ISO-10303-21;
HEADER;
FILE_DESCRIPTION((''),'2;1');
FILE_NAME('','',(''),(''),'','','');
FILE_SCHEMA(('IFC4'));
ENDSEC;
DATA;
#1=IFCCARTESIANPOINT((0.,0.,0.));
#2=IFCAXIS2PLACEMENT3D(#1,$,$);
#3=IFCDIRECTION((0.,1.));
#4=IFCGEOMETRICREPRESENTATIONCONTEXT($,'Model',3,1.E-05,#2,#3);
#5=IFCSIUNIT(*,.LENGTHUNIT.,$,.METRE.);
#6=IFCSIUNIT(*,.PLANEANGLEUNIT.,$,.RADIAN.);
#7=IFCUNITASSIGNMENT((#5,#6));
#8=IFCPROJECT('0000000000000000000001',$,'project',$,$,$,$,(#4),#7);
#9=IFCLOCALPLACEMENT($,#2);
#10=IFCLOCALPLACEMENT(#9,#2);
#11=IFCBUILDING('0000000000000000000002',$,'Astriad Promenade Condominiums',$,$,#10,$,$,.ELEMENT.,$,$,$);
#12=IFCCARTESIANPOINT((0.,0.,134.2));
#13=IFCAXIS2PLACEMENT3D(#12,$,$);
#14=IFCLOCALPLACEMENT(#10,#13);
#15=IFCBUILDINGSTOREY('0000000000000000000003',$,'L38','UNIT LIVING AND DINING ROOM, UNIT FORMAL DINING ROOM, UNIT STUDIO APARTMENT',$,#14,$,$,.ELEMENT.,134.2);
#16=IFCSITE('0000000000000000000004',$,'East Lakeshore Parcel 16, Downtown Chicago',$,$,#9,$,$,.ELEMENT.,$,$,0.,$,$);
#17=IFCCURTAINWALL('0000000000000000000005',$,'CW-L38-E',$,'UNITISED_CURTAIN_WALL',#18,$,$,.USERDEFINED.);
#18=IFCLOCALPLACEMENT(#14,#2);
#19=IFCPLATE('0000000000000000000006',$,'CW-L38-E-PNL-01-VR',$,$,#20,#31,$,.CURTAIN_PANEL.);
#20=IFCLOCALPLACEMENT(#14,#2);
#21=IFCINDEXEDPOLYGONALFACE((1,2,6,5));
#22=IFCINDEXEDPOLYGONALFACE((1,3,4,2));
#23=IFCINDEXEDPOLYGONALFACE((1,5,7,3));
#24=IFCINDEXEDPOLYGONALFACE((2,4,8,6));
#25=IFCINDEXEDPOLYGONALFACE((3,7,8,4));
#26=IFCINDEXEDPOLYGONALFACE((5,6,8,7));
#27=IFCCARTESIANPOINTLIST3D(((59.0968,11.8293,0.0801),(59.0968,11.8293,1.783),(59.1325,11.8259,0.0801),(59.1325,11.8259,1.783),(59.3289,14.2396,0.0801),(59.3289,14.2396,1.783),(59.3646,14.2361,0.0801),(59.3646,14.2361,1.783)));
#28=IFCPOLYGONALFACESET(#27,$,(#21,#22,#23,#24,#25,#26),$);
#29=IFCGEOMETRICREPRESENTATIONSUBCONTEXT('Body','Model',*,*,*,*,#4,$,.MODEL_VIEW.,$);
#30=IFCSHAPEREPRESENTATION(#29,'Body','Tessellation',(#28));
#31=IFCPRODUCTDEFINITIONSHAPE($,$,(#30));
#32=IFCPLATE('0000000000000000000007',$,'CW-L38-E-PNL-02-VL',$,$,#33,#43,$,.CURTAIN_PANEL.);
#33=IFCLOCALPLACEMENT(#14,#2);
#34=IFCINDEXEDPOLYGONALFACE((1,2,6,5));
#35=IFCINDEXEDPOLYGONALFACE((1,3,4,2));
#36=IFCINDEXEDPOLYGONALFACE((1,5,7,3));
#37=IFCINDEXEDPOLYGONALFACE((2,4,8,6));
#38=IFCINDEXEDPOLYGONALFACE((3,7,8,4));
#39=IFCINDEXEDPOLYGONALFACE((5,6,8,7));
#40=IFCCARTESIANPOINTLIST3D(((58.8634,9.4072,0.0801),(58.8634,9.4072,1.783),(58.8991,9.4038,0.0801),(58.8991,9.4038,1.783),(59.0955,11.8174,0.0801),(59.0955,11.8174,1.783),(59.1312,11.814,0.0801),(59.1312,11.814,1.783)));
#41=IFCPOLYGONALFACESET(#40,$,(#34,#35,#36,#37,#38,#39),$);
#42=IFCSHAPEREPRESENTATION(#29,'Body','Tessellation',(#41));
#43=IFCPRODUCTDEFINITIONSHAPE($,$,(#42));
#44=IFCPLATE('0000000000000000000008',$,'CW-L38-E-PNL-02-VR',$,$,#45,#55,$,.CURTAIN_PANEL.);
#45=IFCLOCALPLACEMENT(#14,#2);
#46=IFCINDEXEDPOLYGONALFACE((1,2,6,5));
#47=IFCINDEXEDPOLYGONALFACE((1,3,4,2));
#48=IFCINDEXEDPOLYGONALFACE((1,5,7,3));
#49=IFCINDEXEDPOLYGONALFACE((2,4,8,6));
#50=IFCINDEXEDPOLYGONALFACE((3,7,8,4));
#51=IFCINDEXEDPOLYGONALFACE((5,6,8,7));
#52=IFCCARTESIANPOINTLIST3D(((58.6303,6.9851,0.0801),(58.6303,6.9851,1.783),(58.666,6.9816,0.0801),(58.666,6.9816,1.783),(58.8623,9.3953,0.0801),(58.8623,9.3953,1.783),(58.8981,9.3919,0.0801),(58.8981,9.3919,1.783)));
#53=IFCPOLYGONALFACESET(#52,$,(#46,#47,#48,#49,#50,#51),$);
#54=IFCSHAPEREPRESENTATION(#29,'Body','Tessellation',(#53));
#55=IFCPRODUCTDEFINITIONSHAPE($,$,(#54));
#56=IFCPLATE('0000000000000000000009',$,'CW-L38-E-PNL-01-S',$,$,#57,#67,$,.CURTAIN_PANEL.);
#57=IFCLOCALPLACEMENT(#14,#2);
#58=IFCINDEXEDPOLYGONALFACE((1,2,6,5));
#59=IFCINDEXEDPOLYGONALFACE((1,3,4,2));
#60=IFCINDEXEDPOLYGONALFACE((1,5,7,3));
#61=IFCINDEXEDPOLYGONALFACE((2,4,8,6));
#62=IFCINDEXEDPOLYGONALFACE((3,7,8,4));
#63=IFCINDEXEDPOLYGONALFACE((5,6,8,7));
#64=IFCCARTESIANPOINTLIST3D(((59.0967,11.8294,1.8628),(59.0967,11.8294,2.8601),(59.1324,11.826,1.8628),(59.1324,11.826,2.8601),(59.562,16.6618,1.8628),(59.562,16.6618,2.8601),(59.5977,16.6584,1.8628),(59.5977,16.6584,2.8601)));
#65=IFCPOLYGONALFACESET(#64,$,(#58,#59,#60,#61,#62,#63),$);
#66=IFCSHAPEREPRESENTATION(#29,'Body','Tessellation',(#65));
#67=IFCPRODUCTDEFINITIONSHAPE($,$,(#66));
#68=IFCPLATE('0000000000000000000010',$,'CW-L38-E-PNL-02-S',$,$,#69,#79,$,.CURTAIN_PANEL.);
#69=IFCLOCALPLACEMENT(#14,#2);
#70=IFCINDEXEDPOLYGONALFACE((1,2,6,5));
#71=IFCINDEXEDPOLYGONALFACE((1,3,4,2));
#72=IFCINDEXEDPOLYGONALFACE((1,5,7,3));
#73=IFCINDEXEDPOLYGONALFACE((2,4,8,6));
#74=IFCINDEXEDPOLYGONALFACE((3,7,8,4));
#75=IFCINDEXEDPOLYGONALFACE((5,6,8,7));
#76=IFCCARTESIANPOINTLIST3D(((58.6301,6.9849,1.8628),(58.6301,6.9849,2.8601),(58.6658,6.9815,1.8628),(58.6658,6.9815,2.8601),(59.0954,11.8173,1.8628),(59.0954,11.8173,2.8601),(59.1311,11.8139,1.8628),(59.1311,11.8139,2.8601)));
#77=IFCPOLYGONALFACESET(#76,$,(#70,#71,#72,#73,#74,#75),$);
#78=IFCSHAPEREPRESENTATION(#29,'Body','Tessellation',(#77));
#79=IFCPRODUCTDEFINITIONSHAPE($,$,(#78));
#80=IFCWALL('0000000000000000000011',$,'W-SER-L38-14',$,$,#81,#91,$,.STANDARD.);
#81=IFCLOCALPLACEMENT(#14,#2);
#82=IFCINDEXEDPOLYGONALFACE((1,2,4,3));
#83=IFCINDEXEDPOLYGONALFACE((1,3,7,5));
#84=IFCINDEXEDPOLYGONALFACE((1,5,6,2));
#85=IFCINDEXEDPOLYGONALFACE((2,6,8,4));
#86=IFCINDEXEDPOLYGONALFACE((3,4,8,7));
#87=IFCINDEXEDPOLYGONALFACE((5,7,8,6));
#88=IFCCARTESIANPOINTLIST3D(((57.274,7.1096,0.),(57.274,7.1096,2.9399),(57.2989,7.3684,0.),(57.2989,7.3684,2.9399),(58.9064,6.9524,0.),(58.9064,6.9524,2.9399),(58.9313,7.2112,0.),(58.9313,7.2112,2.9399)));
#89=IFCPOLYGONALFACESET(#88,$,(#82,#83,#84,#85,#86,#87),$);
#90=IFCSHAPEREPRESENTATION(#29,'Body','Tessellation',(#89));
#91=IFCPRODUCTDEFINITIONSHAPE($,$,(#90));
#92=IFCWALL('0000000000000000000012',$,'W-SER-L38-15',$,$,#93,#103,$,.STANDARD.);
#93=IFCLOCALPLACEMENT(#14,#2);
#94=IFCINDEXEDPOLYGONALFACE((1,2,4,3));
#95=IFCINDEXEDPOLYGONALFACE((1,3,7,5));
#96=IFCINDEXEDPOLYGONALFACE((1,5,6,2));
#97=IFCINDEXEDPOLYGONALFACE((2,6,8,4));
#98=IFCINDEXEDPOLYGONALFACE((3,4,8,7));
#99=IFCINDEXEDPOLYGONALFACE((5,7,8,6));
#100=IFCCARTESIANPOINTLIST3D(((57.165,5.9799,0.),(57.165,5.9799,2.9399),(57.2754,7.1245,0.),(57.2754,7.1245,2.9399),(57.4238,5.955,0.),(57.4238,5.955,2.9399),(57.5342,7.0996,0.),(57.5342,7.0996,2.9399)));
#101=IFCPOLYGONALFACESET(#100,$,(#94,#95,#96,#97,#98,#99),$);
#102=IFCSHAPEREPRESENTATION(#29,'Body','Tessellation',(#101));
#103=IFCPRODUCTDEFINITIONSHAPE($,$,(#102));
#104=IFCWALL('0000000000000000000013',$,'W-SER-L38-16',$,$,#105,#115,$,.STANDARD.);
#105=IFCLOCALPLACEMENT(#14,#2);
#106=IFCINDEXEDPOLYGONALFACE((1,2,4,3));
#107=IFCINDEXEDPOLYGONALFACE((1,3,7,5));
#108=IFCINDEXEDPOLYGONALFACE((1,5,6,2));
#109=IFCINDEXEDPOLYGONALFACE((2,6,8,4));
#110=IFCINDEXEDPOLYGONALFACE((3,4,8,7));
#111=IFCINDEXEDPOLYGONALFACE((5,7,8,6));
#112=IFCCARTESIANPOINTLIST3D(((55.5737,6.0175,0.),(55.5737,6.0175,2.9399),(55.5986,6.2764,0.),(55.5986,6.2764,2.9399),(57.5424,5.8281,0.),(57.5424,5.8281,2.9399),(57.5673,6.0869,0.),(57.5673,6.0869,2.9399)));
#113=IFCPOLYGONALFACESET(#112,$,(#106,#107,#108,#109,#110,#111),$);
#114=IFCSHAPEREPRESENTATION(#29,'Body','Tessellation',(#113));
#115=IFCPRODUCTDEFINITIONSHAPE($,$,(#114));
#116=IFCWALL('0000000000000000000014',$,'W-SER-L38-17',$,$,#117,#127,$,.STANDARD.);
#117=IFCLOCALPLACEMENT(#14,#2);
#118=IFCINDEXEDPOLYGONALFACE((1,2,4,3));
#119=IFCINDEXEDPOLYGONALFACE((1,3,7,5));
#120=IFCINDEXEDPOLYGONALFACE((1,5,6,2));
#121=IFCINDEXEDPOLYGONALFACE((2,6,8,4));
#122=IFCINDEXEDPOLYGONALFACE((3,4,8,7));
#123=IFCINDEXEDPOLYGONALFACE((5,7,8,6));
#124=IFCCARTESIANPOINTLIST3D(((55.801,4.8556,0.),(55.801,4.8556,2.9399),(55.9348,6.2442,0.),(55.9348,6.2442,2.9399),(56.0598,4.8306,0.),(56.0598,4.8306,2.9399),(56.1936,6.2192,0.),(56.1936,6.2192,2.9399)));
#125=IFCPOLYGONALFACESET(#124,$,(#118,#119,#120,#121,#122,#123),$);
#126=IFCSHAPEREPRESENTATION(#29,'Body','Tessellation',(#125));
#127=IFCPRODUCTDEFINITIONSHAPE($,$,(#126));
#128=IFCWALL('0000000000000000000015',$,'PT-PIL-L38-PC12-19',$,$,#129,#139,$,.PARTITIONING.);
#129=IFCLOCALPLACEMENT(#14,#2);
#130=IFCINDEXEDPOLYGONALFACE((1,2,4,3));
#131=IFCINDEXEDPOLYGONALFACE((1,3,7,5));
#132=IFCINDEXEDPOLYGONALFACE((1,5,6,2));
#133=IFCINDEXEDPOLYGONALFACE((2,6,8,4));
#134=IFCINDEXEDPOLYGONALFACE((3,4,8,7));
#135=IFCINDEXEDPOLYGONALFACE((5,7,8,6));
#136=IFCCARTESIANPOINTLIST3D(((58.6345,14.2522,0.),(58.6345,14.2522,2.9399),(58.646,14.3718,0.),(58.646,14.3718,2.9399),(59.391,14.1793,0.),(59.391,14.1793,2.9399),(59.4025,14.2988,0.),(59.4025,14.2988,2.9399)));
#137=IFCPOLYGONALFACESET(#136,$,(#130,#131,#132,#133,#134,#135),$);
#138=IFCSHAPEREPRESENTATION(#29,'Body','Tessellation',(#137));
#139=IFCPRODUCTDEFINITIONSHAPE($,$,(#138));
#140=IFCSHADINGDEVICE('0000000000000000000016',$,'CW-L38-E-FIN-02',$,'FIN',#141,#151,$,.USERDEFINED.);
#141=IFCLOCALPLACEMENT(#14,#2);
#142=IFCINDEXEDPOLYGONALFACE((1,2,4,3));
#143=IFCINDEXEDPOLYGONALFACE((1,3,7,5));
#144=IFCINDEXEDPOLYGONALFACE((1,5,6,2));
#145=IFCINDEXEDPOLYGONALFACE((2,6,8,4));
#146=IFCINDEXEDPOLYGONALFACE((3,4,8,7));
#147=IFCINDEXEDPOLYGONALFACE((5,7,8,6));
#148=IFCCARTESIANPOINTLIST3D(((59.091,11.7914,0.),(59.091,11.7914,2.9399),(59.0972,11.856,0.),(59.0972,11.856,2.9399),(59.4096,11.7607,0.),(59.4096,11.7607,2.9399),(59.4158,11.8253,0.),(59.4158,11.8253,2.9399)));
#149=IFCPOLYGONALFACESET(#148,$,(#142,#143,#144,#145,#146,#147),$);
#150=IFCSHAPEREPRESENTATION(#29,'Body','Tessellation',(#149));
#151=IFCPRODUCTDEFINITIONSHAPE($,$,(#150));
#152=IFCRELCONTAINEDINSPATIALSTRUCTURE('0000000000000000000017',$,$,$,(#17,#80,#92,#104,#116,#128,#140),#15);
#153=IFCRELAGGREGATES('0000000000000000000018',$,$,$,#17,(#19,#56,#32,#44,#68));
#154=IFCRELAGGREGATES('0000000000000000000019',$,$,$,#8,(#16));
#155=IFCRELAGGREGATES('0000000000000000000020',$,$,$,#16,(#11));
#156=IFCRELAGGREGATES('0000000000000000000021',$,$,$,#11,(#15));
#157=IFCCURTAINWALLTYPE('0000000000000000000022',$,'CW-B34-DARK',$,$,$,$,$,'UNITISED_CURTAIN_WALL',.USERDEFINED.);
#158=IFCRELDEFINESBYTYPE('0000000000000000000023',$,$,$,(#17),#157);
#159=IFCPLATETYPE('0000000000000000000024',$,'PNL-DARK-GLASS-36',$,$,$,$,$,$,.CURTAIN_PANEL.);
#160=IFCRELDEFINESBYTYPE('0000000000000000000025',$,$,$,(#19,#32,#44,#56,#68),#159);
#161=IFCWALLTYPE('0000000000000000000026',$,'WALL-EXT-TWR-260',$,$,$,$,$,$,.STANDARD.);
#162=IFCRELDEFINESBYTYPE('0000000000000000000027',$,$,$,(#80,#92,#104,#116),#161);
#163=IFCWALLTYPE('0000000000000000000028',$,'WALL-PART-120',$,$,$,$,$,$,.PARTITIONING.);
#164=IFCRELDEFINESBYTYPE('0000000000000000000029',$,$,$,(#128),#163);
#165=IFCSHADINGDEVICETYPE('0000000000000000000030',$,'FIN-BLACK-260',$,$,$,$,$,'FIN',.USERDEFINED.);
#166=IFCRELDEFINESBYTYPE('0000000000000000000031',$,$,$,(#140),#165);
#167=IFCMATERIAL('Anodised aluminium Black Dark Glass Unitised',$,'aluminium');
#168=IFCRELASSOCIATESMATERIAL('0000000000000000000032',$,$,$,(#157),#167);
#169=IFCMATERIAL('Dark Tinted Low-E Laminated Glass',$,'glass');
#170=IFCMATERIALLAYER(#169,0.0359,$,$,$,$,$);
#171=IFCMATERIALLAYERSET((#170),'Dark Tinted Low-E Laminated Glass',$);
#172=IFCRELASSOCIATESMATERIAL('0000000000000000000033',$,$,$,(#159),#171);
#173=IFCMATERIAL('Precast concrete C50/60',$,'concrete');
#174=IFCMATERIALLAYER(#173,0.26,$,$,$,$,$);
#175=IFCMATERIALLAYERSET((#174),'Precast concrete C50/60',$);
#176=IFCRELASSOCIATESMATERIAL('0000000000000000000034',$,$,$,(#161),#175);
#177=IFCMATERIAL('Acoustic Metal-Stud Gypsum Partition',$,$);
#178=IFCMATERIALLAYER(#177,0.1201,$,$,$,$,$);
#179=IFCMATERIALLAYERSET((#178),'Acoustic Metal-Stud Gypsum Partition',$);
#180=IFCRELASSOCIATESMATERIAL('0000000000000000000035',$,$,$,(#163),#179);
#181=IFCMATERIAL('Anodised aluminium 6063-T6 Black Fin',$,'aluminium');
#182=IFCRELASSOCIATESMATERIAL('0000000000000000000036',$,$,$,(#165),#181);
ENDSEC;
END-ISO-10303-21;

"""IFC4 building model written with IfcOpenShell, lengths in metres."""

from ifc_helpers import new_model, si_unit, direction, frame, frame_2d, origin, origin_2d, place, context, subcontext, project, spatial, rectangle, extrude, source, transform, mapped, material, layer, layer_set, type_object, type_shapes, element, aggregate, save


model = new_model("IFC4")

# Units and contexts
model_context = context("Model", 3, precision=1e-05, world=origin(), true_north=direction((0.0, 1.0)))
body_context = subcontext(model_context, "Body", "Model", "MODEL_VIEW")
ifc_project = project(units=[si_unit("LENGTHUNIT", "METRE"), si_unit("PLANEANGLEUNIT", "RADIAN")], contexts=[model_context])

# Site, building, storey
site_placement = place(None, origin())
site = spatial("IfcSite", under=ifc_project, at=site_placement, Name="East Lakeshore Parcel 16, Downtown Chicago", CompositionType="ELEMENT", RefElevation=0.0)
building_placement = place(site_placement, origin())
building = spatial("IfcBuilding", under=site, at=building_placement, Name="Astriad Promenade Condominiums", CompositionType="ELEMENT")
storey_placement = place(building_placement, frame((0.0, 0.0, 134.2)))
storey = spatial("IfcBuildingStorey", under=building, at=storey_placement, Name="L38", Description="UNIT LIVING AND DINING ROOM, UNIT FORMAL DINING ROOM, UNIT STUDIO APARTMENT", CompositionType="ELEMENT", Elevation=134.2)

# Curtain wall, plates
ifc_material_1 = material(Name="Anodised aluminium Black Dark Glass Unitised", Category="aluminium")
curtain_wall_type = type_object("IfcCurtainWallType", Name="CW-B34-DARK", ElementType="UNITISED_CURTAIN_WALL", PredefinedType="USERDEFINED", material=ifc_material_1)
curtain_wall_placement = place(storey_placement, origin())
curtain_wall = element("IfcCurtainWall", 1, at=curtain_wall_placement, inside=storey, type_object=curtain_wall_type, Name="CW-L38-E", ObjectType="UNITISED_CURTAIN_WALL", PredefinedType="USERDEFINED")
ifc_material_2 = material(Name="Dark Tinted Low-E Laminated Glass", Category="glass")
ifc_layer_1 = layer(ifc_material_2, 0.0359)
ifc_layer_set_1 = layer_set([ifc_layer_1], Name="Dark Tinted Low-E Laminated Glass")
plate_type = type_object("IfcPlateType", Name="PNL-DARK-GLASS-36", PredefinedType="CURTAIN_PANEL", material=ifc_layer_set_1)
shared_shape_1 = source(origin(), body_context, "Body", "SweptSolid", [
    extrude(rectangle(XDim=2.4214, YDim=0.0359, at=origin_2d()), origin(), (0.0, 0.0, 1.0), 1.7029),
])
plate_1_placement = place(storey_placement, frame((59.2307, 13.0327, 0.0801), z_axis=(0.0, 0.0, 1.0), x_axis=(-0.095846, -0.995396, 0.0)))
plate_1 = element("IfcPlate", 2, at=plate_1_placement, type_object=plate_type, Name="CW-L38-E-PNL-01-VR", PredefinedType="CURTAIN_PANEL", context=body_context, shape_type="MappedRepresentation", body=[
    mapped(shared_shape_1, transform((0.0, 0.0, 0.0), scale=1.0)),
])
plate_2_placement = place(storey_placement, frame((58.9973, 10.6106, 0.0801), z_axis=(0.0, 0.0, 1.0), x_axis=(-0.095846, -0.995396, 0.0)))
plate_2 = element("IfcPlate", 3, at=plate_2_placement, type_object=plate_type, Name="CW-L38-E-PNL-02-VL", PredefinedType="CURTAIN_PANEL", context=body_context, shape_type="MappedRepresentation", body=[
    mapped(shared_shape_1, transform((0.0, 0.0, 0.0), scale=1.0)),
])
plate_3_placement = place(storey_placement, frame((58.7642, 8.1885, 0.0801), z_axis=(0.0, 0.0, 1.0), x_axis=(-0.095846, -0.995396, 0.0)))
plate_3 = element("IfcPlate", 4, at=plate_3_placement, type_object=plate_type, Name="CW-L38-E-PNL-02-VR", PredefinedType="CURTAIN_PANEL", context=body_context, shape_type="MappedRepresentation", body=[
    mapped(shared_shape_1, transform((0.0, 0.0, 0.0), scale=1.0)),
])
shared_shape_2 = source(origin(), body_context, "Body", "SweptSolid", [
    extrude(rectangle(XDim=4.8547, YDim=0.0359, at=origin_2d()), origin(), (0.0, 0.0, 1.0), 0.9973),
])
type_shapes(plate_type, [shared_shape_1, shared_shape_2])
plate_4_placement = place(storey_placement, frame((59.3472, 14.2439, 1.8628), z_axis=(0.0, 0.0, 1.0), x_axis=(-0.095846, -0.995396, 0.0)))
plate_4 = element("IfcPlate", 5, at=plate_4_placement, type_object=plate_type, Name="CW-L38-E-PNL-01-S", PredefinedType="CURTAIN_PANEL", context=body_context, shape_type="MappedRepresentation", body=[
    mapped(shared_shape_2, transform((0.0, 0.0, 0.0), scale=1.0)),
])
plate_5_placement = place(storey_placement, frame((58.8806, 9.3994, 1.8628), z_axis=(0.0, 0.0, 1.0), x_axis=(-0.095846, -0.995396, 0.0)))
plate_5 = element("IfcPlate", 6, at=plate_5_placement, type_object=plate_type, Name="CW-L38-E-PNL-02-S", PredefinedType="CURTAIN_PANEL", context=body_context, shape_type="MappedRepresentation", body=[
    mapped(shared_shape_2, transform((0.0, 0.0, 0.0), scale=1.0)),
])
aggregate(curtain_wall, [plate_1, plate_4, plate_2, plate_3, plate_5])

# Walls
ifc_material_3 = material(Name="Precast concrete C50/60", Category="concrete")
ifc_layer_2 = layer(ifc_material_3, 0.26)
ifc_layer_set_2 = layer_set([ifc_layer_2], Name="Precast concrete C50/60")
wall_type_1 = type_object("IfcWallType", Name="WALL-EXT-TWR-260", PredefinedType="STANDARD", material=ifc_layer_set_2)
wall_1_placement = place(storey_placement, frame((58.9187, 7.0818, 0.0), z_axis=(0.0, 0.0, 1.0), x_axis=(-0.995393, 0.095877, 0.0)))
element("IfcWall", 7, at=wall_1_placement, inside=storey, type_object=wall_type_1, Name="W-SER-L38-14", PredefinedType="STANDARD", context=body_context, shape_type="SweptSolid", body=[
    extrude(rectangle(XDim=1.6399, YDim=0.26, at=frame_2d((0.8198, 0.0))), origin(), (0.0, 0.0, 1.0), 2.9399),
])
wall_2_placement = place(storey_placement, frame((57.4048, 7.1121, 0.0), z_axis=(0.0, 0.0, 1.0), x_axis=(-0.095971, -0.995384, 0.0)))
element("IfcWall", 8, at=wall_2_placement, inside=storey, type_object=wall_type_1, Name="W-SER-L38-15", PredefinedType="STANDARD", context=body_context, shape_type="SweptSolid", body=[
    extrude(rectangle(XDim=1.1499, YDim=0.26, at=frame_2d((0.575, 0.0))), origin(), (0.0, 0.0, 1.0), 2.9399),
])
wall_3_placement = place(storey_placement, frame((57.5547, 5.9575, 0.0), z_axis=(0.0, 0.0, 1.0), x_axis=(-0.995402, 0.095788, 0.0)))
element("IfcWall", 9, at=wall_3_placement, inside=storey, type_object=wall_type_1, Name="W-SER-L38-16", PredefinedType="STANDARD", context=body_context, shape_type="SweptSolid", body=[
    extrude(rectangle(XDim=1.9778, YDim=0.26, at=frame_2d((0.9888, 0.0))), origin(), (0.0, 0.0, 1.0), 2.9399),
])
wall_4_placement = place(storey_placement, frame((56.0642, 6.2317, 0.0), z_axis=(0.0, 0.0, 1.0), x_axis=(-0.095899, -0.995391, 0.0)))
element("IfcWall", 10, at=wall_4_placement, inside=storey, type_object=wall_type_1, Name="W-SER-L38-17", PredefinedType="STANDARD", context=body_context, shape_type="SweptSolid", body=[
    extrude(rectangle(XDim=1.395, YDim=0.26, at=frame_2d((0.6975, 0.0))), origin(), (0.0, 0.0, 1.0), 2.9399),
])
ifc_material_4 = material(Name="Acoustic Metal-Stud Gypsum Partition")
ifc_layer_3 = layer(ifc_material_4, 0.1201)
ifc_layer_set_3 = layer_set([ifc_layer_3], Name="Acoustic Metal-Stud Gypsum Partition")
wall_type_2 = type_object("IfcWallType", Name="WALL-PART-120", PredefinedType="PARTITIONING", material=ifc_layer_set_3)
wall_5_placement = place(storey_placement, frame((58.6404, 14.312, 0.0), z_axis=(0.0, 0.0, 1.0), x_axis=(0.995378, -0.096037, 0.0)))
element("IfcWall", 11, at=wall_5_placement, inside=storey, type_object=wall_type_2, Name="PT-PIL-L38-PC12-19", PredefinedType="PARTITIONING", context=body_context, shape_type="SweptSolid", body=[
    extrude(rectangle(XDim=0.76, YDim=0.1201, at=frame_2d((0.3799, 0.0))), origin(), (0.0, 0.0, 1.0), 2.9399),
])

# Shading device
ifc_material_5 = material(Name="Anodised aluminium 6063-T6 Black Fin", Category="aluminium")
shading_device_type = type_object("IfcShadingDeviceType", Name="FIN-BLACK-260", ElementType="FIN", PredefinedType="USERDEFINED", material=ifc_material_5)
shared_shape_3 = source(origin(), body_context, "Body", "SweptSolid", [
    extrude(rectangle(XDim=0.0649, YDim=0.3201, at=origin_2d()), origin(), (0.0, 0.0, 1.0), 2.9399),
])
type_shapes(shading_device_type, [shared_shape_3])
shading_device_placement = place(storey_placement, frame((59.2534, 11.8083, 0.0), z_axis=(0.0, 0.0, 1.0), x_axis=(-0.095846, -0.995396, 0.0)))
element("IfcShadingDevice", 12, at=shading_device_placement, inside=storey, type_object=shading_device_type, Name="CW-L38-E-FIN-02", ObjectType="FIN", PredefinedType="USERDEFINED", context=body_context, shape_type="MappedRepresentation", body=[
    mapped(shared_shape_3, transform((0.0, 0.0, 0.0), scale=1.0)),
])

save(model, "model.ifc")
